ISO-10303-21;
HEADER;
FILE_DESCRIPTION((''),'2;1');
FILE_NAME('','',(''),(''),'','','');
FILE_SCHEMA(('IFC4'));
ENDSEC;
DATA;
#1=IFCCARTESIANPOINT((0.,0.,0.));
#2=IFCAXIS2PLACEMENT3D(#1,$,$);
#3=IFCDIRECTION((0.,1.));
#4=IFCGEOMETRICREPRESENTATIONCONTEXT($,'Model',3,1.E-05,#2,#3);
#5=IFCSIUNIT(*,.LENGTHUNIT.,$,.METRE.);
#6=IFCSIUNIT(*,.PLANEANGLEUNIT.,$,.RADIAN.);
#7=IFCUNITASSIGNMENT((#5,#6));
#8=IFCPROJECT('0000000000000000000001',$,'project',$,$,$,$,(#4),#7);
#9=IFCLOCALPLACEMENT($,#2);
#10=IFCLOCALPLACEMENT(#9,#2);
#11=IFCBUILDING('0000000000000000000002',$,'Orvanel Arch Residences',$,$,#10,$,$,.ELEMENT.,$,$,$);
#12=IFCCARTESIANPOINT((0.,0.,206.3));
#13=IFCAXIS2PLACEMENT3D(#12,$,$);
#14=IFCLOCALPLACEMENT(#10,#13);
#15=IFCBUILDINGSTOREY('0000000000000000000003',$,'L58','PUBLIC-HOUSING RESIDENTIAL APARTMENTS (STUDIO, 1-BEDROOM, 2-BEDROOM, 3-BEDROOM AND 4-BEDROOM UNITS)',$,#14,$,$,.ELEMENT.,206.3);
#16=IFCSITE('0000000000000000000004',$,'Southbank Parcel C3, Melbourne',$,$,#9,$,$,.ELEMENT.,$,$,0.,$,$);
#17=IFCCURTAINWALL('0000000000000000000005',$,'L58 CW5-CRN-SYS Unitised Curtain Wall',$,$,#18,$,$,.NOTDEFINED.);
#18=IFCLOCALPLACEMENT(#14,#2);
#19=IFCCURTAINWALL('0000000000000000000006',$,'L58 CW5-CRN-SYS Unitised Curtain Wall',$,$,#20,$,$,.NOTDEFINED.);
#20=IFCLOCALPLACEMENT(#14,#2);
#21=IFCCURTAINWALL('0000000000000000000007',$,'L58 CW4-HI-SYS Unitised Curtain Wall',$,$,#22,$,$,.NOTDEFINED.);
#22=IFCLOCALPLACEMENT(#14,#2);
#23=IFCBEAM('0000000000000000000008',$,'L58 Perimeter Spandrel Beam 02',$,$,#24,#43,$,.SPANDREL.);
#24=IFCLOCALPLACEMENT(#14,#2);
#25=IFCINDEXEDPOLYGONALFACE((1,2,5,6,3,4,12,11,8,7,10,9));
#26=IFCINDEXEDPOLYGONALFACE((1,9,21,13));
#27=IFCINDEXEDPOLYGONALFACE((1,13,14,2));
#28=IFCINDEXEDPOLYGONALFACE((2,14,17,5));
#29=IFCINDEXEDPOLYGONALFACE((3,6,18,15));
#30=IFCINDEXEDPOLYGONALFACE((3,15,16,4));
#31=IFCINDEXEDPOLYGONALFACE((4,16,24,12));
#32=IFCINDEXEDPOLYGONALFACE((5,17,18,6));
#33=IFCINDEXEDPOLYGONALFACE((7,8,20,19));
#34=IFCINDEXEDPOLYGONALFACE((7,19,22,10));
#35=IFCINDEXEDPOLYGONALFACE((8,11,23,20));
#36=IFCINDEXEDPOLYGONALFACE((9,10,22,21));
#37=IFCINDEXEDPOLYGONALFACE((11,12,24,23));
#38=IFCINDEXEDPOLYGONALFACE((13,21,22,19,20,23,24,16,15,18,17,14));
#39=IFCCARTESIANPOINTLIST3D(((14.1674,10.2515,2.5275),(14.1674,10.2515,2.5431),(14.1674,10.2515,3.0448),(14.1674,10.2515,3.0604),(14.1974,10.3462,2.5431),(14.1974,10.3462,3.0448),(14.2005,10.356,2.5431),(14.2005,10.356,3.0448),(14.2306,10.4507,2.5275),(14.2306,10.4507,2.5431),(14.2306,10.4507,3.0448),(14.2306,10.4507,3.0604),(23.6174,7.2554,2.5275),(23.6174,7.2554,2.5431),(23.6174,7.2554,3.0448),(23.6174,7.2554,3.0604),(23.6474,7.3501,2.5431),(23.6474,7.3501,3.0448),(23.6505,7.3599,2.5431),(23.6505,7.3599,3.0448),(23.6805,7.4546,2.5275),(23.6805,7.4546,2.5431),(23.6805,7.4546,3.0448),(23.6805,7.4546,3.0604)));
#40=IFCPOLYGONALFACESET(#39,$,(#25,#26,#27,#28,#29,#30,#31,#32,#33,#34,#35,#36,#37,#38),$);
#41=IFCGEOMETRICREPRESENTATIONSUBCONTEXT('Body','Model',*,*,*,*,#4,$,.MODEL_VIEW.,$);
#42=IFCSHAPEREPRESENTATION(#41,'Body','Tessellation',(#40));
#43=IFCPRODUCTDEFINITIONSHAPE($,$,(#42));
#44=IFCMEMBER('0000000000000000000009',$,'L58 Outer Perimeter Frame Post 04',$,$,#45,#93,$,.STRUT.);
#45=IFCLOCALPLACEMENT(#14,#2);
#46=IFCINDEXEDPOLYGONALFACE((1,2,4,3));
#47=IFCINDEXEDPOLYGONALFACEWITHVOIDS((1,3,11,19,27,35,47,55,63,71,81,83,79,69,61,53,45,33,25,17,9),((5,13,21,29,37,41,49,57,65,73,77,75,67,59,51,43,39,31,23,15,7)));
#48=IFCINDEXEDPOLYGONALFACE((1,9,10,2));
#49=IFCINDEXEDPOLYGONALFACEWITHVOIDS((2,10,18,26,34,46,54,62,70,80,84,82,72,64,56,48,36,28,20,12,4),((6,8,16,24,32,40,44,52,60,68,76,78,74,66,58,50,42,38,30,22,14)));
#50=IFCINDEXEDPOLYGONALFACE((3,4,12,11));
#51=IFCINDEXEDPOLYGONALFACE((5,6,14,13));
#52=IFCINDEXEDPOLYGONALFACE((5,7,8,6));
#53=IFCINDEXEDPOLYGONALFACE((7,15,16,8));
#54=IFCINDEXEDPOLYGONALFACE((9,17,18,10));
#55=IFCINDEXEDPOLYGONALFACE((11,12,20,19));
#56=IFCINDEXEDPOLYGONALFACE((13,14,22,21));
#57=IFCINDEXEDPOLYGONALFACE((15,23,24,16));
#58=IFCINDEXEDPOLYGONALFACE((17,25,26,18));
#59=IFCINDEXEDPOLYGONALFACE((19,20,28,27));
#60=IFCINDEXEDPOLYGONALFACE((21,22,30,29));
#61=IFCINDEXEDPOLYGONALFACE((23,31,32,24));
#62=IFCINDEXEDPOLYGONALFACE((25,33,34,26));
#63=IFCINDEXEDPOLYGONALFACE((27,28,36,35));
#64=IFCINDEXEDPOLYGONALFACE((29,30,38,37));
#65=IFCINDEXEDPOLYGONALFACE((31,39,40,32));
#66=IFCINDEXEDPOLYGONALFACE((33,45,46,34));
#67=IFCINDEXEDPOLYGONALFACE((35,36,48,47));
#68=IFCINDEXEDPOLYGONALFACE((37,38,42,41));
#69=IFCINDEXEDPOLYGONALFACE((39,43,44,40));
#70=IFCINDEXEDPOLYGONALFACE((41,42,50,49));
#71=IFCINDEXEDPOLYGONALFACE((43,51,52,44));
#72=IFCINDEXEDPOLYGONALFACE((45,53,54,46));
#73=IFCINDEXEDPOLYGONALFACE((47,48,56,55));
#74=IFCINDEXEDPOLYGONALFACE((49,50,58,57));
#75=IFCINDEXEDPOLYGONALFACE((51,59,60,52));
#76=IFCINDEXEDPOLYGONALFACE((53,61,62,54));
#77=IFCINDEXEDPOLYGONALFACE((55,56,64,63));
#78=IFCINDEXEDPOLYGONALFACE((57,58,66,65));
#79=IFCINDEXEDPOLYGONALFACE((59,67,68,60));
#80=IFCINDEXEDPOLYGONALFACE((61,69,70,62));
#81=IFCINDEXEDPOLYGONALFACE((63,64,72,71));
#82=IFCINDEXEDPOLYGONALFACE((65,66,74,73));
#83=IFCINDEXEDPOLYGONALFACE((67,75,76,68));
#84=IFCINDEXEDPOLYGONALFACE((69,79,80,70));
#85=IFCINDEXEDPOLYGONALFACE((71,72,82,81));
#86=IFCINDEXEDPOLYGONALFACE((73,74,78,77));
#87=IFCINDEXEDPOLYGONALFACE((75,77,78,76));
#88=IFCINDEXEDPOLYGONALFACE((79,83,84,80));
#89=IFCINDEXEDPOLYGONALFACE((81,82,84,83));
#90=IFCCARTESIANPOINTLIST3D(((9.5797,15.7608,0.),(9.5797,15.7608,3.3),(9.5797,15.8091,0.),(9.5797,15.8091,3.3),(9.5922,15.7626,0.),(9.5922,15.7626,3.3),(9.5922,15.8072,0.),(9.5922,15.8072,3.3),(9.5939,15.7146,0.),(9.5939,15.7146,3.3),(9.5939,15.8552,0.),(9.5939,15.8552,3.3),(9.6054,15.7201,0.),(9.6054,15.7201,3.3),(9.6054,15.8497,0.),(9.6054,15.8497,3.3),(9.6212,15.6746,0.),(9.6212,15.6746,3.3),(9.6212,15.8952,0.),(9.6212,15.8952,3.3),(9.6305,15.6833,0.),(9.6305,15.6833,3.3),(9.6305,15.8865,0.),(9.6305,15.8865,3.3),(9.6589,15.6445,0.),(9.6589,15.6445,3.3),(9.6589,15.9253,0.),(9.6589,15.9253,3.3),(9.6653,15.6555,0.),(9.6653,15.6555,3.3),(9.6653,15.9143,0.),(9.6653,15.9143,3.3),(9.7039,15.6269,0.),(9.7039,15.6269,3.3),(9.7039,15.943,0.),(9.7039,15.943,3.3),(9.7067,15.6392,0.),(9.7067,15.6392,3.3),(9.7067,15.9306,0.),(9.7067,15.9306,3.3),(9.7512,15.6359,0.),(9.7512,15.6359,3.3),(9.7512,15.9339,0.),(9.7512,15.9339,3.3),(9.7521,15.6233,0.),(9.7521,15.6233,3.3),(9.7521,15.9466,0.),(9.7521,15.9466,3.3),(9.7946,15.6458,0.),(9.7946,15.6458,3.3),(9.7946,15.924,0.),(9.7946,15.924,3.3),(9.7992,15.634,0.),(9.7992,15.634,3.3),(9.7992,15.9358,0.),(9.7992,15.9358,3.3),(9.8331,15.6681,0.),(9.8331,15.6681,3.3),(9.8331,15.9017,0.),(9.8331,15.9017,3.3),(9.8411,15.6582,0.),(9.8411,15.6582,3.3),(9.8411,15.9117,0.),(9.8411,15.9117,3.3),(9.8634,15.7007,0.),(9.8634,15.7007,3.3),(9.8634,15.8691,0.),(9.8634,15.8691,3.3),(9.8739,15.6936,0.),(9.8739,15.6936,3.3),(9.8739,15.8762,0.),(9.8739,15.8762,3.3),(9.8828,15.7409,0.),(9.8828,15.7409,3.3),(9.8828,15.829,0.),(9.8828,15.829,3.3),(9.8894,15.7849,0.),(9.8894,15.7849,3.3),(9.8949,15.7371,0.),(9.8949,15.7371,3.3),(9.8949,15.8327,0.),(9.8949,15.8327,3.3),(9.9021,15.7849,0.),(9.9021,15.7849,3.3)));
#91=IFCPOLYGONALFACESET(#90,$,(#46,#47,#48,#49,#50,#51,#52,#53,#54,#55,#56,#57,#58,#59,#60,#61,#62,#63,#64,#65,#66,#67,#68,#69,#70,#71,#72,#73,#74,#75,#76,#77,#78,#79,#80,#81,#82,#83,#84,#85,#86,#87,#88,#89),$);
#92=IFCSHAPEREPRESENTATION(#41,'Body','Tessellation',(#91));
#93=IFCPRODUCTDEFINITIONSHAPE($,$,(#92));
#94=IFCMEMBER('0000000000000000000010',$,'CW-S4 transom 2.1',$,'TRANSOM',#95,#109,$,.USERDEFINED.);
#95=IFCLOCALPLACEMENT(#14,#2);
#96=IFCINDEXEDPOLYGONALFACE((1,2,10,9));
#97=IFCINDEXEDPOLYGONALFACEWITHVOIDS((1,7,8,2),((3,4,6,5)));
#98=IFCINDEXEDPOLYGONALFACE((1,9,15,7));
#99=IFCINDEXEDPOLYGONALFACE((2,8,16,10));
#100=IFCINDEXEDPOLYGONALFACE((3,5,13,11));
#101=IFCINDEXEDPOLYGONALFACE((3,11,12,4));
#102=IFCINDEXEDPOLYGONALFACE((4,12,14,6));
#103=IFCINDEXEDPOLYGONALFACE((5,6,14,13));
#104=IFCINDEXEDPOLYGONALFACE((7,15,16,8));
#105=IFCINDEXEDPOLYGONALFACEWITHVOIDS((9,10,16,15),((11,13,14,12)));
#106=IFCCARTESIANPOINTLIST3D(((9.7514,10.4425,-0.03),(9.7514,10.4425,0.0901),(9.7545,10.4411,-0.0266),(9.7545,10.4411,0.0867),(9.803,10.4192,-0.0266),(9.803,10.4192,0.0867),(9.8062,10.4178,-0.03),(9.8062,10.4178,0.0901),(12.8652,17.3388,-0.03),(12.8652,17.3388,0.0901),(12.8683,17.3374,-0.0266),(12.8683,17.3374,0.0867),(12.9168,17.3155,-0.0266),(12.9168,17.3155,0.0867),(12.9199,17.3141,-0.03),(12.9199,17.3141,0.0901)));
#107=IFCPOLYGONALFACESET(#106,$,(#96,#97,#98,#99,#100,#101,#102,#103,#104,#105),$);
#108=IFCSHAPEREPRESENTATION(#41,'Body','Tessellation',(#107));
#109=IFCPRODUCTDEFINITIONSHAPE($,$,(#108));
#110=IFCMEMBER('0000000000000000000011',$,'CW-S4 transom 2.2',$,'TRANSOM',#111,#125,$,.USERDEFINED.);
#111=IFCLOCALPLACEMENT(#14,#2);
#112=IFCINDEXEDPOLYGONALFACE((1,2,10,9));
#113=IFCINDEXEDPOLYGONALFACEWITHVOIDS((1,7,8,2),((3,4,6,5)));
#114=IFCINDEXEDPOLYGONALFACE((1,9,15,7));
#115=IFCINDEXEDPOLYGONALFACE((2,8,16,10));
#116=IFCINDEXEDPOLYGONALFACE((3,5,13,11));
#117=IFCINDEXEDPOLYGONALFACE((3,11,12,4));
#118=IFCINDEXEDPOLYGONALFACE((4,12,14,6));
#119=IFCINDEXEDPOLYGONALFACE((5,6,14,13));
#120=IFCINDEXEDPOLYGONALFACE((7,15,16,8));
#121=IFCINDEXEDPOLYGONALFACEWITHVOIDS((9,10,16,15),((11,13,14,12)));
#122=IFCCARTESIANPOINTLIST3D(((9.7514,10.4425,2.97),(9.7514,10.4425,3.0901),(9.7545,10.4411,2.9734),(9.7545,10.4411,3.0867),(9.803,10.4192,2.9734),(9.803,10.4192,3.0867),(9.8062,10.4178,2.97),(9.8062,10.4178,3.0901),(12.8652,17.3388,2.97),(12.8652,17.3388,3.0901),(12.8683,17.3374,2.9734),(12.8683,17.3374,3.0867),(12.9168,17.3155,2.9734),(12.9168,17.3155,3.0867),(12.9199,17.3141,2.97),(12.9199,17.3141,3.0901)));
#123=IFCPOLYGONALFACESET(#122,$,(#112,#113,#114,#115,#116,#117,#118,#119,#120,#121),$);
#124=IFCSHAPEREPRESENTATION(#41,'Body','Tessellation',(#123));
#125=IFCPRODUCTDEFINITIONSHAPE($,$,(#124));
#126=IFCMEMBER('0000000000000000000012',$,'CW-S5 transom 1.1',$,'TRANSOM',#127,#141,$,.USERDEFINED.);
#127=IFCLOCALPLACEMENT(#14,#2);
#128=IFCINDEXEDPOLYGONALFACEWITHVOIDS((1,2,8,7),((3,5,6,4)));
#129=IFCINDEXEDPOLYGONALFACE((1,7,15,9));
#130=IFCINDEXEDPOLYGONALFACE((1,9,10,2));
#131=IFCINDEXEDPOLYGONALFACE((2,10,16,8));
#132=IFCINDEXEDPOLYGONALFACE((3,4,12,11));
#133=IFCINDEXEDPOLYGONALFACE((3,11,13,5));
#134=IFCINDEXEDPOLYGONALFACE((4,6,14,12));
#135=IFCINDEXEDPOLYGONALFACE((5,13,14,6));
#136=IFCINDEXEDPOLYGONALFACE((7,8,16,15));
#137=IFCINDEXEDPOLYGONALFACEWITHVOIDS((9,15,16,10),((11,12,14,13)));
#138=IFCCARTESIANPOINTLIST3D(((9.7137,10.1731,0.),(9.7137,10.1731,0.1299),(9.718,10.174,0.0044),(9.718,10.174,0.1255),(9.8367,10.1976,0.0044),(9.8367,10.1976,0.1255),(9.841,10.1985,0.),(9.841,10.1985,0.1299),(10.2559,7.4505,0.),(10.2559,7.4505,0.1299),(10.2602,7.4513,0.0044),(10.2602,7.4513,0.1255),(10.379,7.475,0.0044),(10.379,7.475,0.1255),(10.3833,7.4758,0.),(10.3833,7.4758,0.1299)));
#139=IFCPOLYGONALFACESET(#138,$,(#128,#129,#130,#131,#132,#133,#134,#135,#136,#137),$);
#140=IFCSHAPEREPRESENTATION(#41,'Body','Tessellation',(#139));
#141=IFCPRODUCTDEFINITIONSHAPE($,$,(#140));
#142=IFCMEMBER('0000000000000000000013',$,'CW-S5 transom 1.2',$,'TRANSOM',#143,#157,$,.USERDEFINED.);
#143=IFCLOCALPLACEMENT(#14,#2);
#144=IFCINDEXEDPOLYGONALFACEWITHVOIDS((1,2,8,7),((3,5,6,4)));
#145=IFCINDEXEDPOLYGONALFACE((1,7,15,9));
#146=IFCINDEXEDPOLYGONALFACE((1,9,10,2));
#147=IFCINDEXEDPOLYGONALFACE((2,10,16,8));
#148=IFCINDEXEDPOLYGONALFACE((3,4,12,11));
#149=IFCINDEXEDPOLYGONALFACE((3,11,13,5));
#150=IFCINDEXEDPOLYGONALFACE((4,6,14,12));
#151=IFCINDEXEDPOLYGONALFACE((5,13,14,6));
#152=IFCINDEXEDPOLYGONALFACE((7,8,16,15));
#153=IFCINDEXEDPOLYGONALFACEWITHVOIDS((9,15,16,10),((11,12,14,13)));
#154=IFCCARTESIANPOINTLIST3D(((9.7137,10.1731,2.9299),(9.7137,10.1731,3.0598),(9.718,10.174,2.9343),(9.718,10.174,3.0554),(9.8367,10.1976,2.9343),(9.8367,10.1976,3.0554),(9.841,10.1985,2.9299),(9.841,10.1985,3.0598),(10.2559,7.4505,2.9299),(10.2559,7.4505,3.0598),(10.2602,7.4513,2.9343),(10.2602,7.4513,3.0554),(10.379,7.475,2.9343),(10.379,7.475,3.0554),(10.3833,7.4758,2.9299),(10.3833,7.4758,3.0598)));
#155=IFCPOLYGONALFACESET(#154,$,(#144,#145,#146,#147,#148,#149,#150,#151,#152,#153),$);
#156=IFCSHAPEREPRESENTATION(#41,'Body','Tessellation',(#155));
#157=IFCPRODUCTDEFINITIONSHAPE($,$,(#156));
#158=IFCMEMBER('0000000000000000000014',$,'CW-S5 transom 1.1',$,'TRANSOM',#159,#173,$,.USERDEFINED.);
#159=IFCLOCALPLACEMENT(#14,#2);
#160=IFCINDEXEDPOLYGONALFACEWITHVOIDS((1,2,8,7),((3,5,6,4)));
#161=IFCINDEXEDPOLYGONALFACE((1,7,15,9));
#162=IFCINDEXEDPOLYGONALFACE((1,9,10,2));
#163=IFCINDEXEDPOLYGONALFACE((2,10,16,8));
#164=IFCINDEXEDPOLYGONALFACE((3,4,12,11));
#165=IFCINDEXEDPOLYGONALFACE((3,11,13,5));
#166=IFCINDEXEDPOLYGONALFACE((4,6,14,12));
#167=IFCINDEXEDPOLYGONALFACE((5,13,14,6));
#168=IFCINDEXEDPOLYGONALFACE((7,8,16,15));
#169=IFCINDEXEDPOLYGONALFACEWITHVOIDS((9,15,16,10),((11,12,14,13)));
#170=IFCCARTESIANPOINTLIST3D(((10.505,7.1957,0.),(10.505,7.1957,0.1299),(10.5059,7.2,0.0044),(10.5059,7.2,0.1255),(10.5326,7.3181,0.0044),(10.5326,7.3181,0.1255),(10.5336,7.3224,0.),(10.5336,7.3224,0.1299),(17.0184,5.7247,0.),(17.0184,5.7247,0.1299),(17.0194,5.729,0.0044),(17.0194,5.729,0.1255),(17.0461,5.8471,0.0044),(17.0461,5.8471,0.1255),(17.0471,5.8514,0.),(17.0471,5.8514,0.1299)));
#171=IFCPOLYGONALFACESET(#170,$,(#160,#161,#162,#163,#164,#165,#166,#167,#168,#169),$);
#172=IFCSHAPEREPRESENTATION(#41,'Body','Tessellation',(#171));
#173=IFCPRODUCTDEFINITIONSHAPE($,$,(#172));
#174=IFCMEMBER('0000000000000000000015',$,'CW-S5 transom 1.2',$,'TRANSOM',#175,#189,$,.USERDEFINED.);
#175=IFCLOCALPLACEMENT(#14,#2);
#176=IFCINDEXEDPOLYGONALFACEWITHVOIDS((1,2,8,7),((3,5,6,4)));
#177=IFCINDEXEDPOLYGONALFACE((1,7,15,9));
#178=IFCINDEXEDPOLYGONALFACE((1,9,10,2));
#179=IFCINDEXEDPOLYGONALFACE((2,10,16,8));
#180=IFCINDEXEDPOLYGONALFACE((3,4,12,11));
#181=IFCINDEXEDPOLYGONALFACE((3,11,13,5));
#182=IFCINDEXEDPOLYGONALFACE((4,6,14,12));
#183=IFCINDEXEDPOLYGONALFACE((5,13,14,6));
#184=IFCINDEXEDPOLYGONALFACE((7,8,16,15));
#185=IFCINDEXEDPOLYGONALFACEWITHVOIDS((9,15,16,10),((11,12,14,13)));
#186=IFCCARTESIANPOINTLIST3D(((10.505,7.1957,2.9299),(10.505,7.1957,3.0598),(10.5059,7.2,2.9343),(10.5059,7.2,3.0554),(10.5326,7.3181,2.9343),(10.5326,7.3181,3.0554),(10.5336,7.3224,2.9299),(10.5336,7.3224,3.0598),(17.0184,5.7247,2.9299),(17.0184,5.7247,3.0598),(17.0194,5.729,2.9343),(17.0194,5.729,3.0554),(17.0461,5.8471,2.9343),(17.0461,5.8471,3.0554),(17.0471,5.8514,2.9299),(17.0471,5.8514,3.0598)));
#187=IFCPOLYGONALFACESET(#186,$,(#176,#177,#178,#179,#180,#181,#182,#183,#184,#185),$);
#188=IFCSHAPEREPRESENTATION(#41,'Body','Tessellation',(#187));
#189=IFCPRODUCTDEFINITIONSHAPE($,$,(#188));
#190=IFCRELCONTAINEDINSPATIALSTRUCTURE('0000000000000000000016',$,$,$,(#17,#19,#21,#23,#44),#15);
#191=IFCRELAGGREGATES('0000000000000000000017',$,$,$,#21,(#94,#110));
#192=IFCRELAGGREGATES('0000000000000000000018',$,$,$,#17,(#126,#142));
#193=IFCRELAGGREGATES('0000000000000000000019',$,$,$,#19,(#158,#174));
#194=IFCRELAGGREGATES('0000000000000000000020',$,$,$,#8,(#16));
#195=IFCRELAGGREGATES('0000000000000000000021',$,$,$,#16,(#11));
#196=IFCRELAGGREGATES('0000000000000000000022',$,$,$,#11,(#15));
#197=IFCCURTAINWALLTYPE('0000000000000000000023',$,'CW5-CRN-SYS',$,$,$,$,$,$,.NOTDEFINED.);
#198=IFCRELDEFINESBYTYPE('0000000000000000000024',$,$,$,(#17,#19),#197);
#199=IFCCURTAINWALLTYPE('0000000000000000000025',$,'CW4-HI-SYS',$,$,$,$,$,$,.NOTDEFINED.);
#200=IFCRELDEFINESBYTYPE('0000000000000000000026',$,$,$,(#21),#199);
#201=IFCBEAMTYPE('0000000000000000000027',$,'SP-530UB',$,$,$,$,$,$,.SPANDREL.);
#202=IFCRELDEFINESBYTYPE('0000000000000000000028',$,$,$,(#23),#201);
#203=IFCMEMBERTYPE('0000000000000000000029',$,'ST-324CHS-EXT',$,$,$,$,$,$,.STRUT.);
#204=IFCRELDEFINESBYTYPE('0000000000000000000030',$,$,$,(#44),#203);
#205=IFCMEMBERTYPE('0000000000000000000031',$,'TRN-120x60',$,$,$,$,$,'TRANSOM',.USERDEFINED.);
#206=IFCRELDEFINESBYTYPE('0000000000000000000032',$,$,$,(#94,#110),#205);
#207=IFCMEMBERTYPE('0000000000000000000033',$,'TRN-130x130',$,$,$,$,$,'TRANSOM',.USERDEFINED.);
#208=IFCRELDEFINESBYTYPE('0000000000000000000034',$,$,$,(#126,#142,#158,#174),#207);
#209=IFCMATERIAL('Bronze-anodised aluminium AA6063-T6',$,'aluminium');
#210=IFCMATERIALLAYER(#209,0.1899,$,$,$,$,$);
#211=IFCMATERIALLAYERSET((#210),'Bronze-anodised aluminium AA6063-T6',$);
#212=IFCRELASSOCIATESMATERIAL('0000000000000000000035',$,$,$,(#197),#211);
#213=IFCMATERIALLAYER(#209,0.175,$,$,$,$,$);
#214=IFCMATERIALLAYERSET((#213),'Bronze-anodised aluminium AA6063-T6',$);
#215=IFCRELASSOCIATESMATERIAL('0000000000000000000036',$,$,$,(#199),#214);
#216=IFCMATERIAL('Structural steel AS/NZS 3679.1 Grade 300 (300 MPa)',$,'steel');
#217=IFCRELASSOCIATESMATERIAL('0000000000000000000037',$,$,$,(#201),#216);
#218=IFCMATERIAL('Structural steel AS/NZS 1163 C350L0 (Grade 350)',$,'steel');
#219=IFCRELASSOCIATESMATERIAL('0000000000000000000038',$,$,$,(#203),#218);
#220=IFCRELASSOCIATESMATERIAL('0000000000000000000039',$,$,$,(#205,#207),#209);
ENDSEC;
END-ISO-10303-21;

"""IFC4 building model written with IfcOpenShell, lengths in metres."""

from ifc_helpers import new_model, si_unit, direction, frame, origin, origin_2d, place, context, subcontext, project, spatial, hollow_rectangle, hollow_circle, i_section, extrude, material, layer, layer_set, material_profile, profile_set, type_object, element, aggregate, save


model = new_model("IFC4")

# Units and contexts
model_context = context("Model", 3, precision=1e-05, world=origin(), true_north=direction((0.0, 1.0)))
body_context = subcontext(model_context, "Body", "Model", "MODEL_VIEW")
ifc_project = project(units=[si_unit("LENGTHUNIT", "METRE"), si_unit("PLANEANGLEUNIT", "RADIAN")], contexts=[model_context])

# Site, building, storey
site_placement = place(None, origin())
site = spatial("IfcSite", under=ifc_project, at=site_placement, Name="Southbank Parcel C3, Melbourne", CompositionType="ELEMENT", RefElevation=0.0)
building_placement = place(site_placement, origin())
building = spatial("IfcBuilding", under=site, at=building_placement, Name="Orvanel Arch Residences", CompositionType="ELEMENT")
storey_placement = place(building_placement, frame((0.0, 0.0, 206.3)))
storey = spatial("IfcBuildingStorey", under=building, at=storey_placement, Name="L58", Description="PUBLIC-HOUSING RESIDENTIAL APARTMENTS (STUDIO, 1-BEDROOM, 2-BEDROOM, 3-BEDROOM AND 4-BEDROOM UNITS)", CompositionType="ELEMENT", Elevation=206.3)

# Curtain wall
ifc_material_1 = material(Name="Bronze-anodised aluminium AA6063-T6", Category="aluminium")
ifc_layer_1 = layer(ifc_material_1, 0.1899)
ifc_layer_set_1 = layer_set([ifc_layer_1], Name="Bronze-anodised aluminium AA6063-T6")
curtain_wall_type_1 = type_object("IfcCurtainWallType", Name="CW5-CRN-SYS", PredefinedType="NOTDEFINED", material=ifc_layer_set_1)
curtain_wall_1_placement = place(storey_placement, origin())
curtain_wall_1 = element("IfcCurtainWall", 1, at=curtain_wall_1_placement, inside=storey, type_object=curtain_wall_type_1, Name="L58 CW5-CRN-SYS Unitised Curtain Wall", PredefinedType="NOTDEFINED")

# Curtain wall
curtain_wall_2_placement = place(storey_placement, origin())
curtain_wall_2 = element("IfcCurtainWall", 2, at=curtain_wall_2_placement, inside=storey, type_object=curtain_wall_type_1, Name="L58 CW5-CRN-SYS Unitised Curtain Wall", PredefinedType="NOTDEFINED")

# Curtain wall
ifc_layer_2 = layer(ifc_material_1, 0.175)
ifc_layer_set_2 = layer_set([ifc_layer_2], Name="Bronze-anodised aluminium AA6063-T6")
curtain_wall_type_2 = type_object("IfcCurtainWallType", Name="CW4-HI-SYS", PredefinedType="NOTDEFINED", material=ifc_layer_set_2)
curtain_wall_3_placement = place(storey_placement, origin())
curtain_wall_3 = element("IfcCurtainWall", 3, at=curtain_wall_3_placement, inside=storey, type_object=curtain_wall_type_2, Name="L58 CW4-HI-SYS Unitised Curtain Wall", PredefinedType="NOTDEFINED")

# Beam
ifc_material_2 = material(Name="Structural steel AS/NZS 3679.1 Grade 300 (300 MPa)", Category="steel")
ifc_material_profile_1 = material_profile(ifc_material_2, i_section(OverallWidth=0.209, OverallDepth=0.533, WebThickness=0.0103, FlangeThickness=0.0156, at=origin_2d()), Name="530UB92.4")
ifc_profile_set_1 = profile_set([ifc_material_profile_1], Name="Structural steel AS/NZS 3679.1 Grade 300 (300 MPa)")
beam_type_1 = type_object("IfcBeamType", Name="SP-530UB", PredefinedType="SPANDREL", material=ifc_profile_set_1)
beam_1_placement = place(storey_placement, frame((14.199, 10.3511, 2.7939), z_axis=(0.953237, -0.302223, 0.0), x_axis=(0.302223, 0.953237, 0.0)))
element("IfcBeam", 4, at=beam_1_placement, inside=storey, type_object=beam_type_1, Name="L58 Perimeter Spandrel Beam 02", PredefinedType="SPANDREL", context=body_context, shape_type="SweptSolid", body=[
    extrude(i_section(OverallWidth=0.209, OverallDepth=0.533, WebThickness=0.0103, FlangeThickness=0.0156, at=origin_2d()), origin(), (0.0, 0.0, 1.0), 9.9136),
])

# Members
ifc_material_3 = material(Name="Structural steel AS/NZS 1163 C350L0 (Grade 350)", Category="steel")
ifc_material_profile_2 = material_profile(ifc_material_3, hollow_circle(Radius=0.1621, WallThickness=0.0127, at=origin_2d()), Name="CHS324x12.7")
ifc_profile_set_2 = profile_set([ifc_material_profile_2], Name="Structural steel AS/NZS 1163 C350L0 (Grade 350)")
member_type_1 = type_object("IfcMemberType", Name="ST-324CHS-EXT", PredefinedType="STRUT", material=ifc_profile_set_2)
member_1_placement = place(storey_placement, frame((9.74, 15.7849, 0.0), z_axis=(0.0, 0.0, 1.0), x_axis=(1.0, 0.0, 0.0)))
element("IfcMember", 5, at=member_1_placement, inside=storey, type_object=member_type_1, Name="L58 Outer Perimeter Frame Post 04", PredefinedType="STRUT", context=body_context, shape_type="SweptSolid", body=[
    extrude(hollow_circle(Radius=0.1621, WallThickness=0.0127, at=origin_2d()), origin(), (0.0, 0.0, 1.0), 3.3),
])
ifc_material_profile_3 = material_profile(ifc_material_1, hollow_rectangle(XDim=0.0601, YDim=0.1201, WallThickness=0.0034, at=origin_2d()), Name="ALU120x60x3.5")
ifc_profile_set_3 = profile_set([ifc_material_profile_3], Name="Bronze-anodised aluminium AA6063-T6")
member_type_2 = type_object("IfcMemberType", Name="TRN-120x60", ElementType="TRANSOM", PredefinedType="USERDEFINED", material=ifc_profile_set_3)
member_2_placement = place(storey_placement, frame((12.8926, 17.3264, 0.03), z_axis=(-0.411514, -0.911403, 0.0), x_axis=(0.911403, -0.411514, 0.0)))
member_2 = element("IfcMember", 6, at=member_2_placement, type_object=member_type_2, Name="CW-S4 transom 2.1", ObjectType="TRANSOM", PredefinedType="USERDEFINED", context=body_context, shape_type="SweptSolid", body=[
    extrude(hollow_rectangle(XDim=0.0601, YDim=0.1201, WallThickness=0.0034, at=origin_2d()), origin(), (0.0, 0.0, 1.0), 7.5667),
])
member_3_placement = place(storey_placement, frame((12.8926, 17.3264, 3.03), z_axis=(-0.411514, -0.911403, 0.0), x_axis=(0.911403, -0.411514, 0.0)))
member_3 = element("IfcMember", 7, at=member_3_placement, type_object=member_type_2, Name="CW-S4 transom 2.2", ObjectType="TRANSOM", PredefinedType="USERDEFINED", context=body_context, shape_type="SweptSolid", body=[
    extrude(hollow_rectangle(XDim=0.0601, YDim=0.1201, WallThickness=0.0034, at=origin_2d()), origin(), (0.0, 0.0, 1.0), 7.5667),
])
ifc_material_profile_4 = material_profile(ifc_material_1, hollow_rectangle(XDim=0.1299, YDim=0.1299, WallThickness=0.0044, at=origin_2d()), Name="ALU130x130x4.5")
ifc_profile_set_4 = profile_set([ifc_material_profile_4], Name="Bronze-anodised aluminium AA6063-T6")
member_type_3 = type_object("IfcMemberType", Name="TRN-130x130", ElementType="TRANSOM", PredefinedType="USERDEFINED", material=ifc_profile_set_4)
member_4_placement = place(storey_placement, frame((9.7773, 10.1858, 0.0649), z_axis=(0.195321, -0.980739, 0.0), x_axis=(0.980739, 0.195321, 0.0)))
member_4 = element("IfcMember", 8, at=member_4_placement, type_object=member_type_3, Name="CW-S5 transom 1.1", ObjectType="TRANSOM", PredefinedType="USERDEFINED", context=body_context, shape_type="SweptSolid", body=[
    extrude(hollow_rectangle(XDim=0.1299, YDim=0.1299, WallThickness=0.0044, at=origin_2d()), origin(), (0.0, 0.0, 1.0), 2.7761),
])
member_5_placement = place(storey_placement, frame((9.7773, 10.1858, 2.9949), z_axis=(0.195321, -0.980739, 0.0), x_axis=(0.980739, 0.195321, 0.0)))
member_5 = element("IfcMember", 9, at=member_5_placement, type_object=member_type_3, Name="CW-S5 transom 1.2", ObjectType="TRANSOM", PredefinedType="USERDEFINED", context=body_context, shape_type="SweptSolid", body=[
    extrude(hollow_rectangle(XDim=0.1299, YDim=0.1299, WallThickness=0.0044, at=origin_2d()), origin(), (0.0, 0.0, 1.0), 2.7761),
])
member_6_placement = place(storey_placement, frame((10.5193, 7.259, 0.0649), z_axis=(0.975435, -0.220286, 0.0), x_axis=(0.220286, 0.975435, 0.0)))
member_6 = element("IfcMember", 10, at=member_6_placement, type_object=member_type_3, Name="CW-S5 transom 1.1", ObjectType="TRANSOM", PredefinedType="USERDEFINED", context=body_context, shape_type="SweptSolid", body=[
    extrude(hollow_rectangle(XDim=0.1299, YDim=0.1299, WallThickness=0.0044, at=origin_2d()), origin(), (0.0, 0.0, 1.0), 6.6775),
])
member_7_placement = place(storey_placement, frame((10.5193, 7.259, 2.9949), z_axis=(0.975435, -0.220286, 0.0), x_axis=(0.220286, 0.975435, 0.0)))
member_7 = element("IfcMember", 11, at=member_7_placement, type_object=member_type_3, Name="CW-S5 transom 1.2", ObjectType="TRANSOM", PredefinedType="USERDEFINED", context=body_context, shape_type="SweptSolid", body=[
    extrude(hollow_rectangle(XDim=0.1299, YDim=0.1299, WallThickness=0.0044, at=origin_2d()), origin(), (0.0, 0.0, 1.0), 6.6775),
])

aggregate(curtain_wall_3, [member_2, member_3])
aggregate(curtain_wall_1, [member_4, member_5])
aggregate(curtain_wall_2, [member_6, member_7])

save(model, "model.ifc")
